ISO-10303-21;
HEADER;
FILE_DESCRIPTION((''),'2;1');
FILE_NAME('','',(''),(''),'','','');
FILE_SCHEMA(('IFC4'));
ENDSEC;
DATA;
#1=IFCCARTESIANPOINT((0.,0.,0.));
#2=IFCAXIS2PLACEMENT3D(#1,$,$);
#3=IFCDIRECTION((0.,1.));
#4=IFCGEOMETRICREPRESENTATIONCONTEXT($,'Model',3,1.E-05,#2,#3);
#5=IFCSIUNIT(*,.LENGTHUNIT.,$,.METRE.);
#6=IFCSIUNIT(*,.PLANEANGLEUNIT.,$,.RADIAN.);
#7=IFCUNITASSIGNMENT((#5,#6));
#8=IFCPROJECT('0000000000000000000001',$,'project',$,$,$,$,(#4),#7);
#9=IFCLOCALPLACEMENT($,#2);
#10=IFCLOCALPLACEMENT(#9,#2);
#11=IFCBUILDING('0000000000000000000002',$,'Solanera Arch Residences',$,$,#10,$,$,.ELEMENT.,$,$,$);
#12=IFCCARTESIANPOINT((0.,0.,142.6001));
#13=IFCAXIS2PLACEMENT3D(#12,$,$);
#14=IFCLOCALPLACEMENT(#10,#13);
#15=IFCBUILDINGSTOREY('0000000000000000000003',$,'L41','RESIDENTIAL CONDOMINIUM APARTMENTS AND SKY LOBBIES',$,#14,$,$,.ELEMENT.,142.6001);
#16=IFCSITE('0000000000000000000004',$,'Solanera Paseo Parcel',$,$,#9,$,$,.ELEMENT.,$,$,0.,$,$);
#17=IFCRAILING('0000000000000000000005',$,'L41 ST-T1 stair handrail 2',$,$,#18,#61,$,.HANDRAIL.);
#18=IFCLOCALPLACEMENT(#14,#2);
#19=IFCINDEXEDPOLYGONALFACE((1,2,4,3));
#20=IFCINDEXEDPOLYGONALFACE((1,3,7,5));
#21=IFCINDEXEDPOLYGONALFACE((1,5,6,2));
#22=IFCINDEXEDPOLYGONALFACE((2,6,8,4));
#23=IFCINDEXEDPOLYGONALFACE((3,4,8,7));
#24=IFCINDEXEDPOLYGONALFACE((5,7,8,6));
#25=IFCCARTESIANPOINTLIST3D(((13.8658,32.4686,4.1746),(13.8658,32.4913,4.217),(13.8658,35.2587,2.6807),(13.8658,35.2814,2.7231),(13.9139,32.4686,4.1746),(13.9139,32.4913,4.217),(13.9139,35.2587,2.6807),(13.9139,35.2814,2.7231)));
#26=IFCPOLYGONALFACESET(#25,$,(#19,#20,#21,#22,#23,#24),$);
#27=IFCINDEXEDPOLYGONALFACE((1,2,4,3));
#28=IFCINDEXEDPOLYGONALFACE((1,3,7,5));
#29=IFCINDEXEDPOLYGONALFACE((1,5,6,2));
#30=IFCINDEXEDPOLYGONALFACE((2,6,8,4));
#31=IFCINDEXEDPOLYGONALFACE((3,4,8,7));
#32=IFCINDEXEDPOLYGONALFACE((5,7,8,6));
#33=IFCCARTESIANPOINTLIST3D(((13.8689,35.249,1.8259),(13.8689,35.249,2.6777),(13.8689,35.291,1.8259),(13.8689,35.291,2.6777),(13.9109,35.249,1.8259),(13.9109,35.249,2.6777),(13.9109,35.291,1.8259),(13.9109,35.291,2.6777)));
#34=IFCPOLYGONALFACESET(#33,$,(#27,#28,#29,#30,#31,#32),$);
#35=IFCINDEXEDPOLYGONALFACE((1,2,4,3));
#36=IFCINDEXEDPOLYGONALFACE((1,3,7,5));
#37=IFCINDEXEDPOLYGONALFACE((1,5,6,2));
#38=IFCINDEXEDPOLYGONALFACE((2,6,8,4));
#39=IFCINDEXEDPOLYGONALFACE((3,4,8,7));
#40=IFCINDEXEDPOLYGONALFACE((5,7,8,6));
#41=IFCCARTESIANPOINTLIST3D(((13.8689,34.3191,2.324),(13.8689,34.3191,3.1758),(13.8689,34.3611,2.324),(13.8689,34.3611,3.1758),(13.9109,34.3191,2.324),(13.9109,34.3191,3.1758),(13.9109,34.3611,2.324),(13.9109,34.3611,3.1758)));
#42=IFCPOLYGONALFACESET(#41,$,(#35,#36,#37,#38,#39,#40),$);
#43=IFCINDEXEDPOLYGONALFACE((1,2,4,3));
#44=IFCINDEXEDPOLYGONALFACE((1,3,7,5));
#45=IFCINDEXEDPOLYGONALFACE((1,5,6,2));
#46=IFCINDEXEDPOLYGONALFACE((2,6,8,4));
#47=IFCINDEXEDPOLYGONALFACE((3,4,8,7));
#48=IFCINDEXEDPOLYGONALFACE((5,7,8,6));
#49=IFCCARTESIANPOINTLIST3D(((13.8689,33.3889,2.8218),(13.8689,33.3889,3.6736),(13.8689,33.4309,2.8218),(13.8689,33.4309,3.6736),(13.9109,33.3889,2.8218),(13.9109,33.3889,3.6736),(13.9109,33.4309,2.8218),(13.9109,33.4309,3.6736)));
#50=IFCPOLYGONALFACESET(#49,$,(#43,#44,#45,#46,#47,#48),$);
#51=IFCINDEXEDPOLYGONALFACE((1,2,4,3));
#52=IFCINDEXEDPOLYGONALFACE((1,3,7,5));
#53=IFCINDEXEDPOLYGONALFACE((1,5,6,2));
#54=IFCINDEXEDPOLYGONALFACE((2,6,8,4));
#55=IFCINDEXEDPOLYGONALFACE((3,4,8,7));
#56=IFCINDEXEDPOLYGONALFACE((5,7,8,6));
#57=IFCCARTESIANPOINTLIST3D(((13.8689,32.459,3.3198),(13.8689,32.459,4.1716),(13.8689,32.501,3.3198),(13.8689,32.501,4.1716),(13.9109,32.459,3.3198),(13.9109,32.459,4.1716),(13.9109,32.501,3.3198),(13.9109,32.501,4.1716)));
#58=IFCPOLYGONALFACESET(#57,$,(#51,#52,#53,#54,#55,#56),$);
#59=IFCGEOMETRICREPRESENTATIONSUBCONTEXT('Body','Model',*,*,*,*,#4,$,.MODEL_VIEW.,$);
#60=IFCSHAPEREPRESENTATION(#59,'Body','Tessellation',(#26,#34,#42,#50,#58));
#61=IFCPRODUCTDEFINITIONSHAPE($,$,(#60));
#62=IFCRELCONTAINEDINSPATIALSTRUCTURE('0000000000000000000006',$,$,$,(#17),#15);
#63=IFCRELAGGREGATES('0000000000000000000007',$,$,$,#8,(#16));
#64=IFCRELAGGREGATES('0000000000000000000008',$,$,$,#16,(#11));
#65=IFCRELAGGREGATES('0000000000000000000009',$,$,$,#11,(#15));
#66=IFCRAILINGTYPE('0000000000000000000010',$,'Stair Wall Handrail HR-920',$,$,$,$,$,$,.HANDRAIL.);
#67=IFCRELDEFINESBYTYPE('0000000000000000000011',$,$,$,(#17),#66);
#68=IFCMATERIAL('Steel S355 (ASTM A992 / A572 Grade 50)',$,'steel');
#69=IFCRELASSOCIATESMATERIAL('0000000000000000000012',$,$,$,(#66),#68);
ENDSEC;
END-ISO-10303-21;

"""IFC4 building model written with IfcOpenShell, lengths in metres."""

from ifc_helpers import new_model, si_unit, direction, frame, origin, origin_2d, place, context, subcontext, project, spatial, rectangle, extrude, material, type_object, element, save


model = new_model("IFC4")

# Units and contexts
model_context = context("Model", 3, precision=1e-05, world=origin(), true_north=direction((0.0, 1.0)))
body_context = subcontext(model_context, "Body", "Model", "MODEL_VIEW")
ifc_project = project(units=[si_unit("LENGTHUNIT", "METRE"), si_unit("PLANEANGLEUNIT", "RADIAN")], contexts=[model_context])

# Site, building, storey
site_placement = place(None, origin())
site = spatial("IfcSite", under=ifc_project, at=site_placement, Name="Solanera Paseo Parcel", CompositionType="ELEMENT", RefElevation=0.0)
building_placement = place(site_placement, origin())
building = spatial("IfcBuilding", under=site, at=building_placement, Name="Solanera Arch Residences", CompositionType="ELEMENT")
storey_placement = place(building_placement, frame((0.0, 0.0, 142.6001)))
storey = spatial("IfcBuildingStorey", under=building, at=storey_placement, Name="L41", Description="RESIDENTIAL CONDOMINIUM APARTMENTS AND SKY LOBBIES", CompositionType="ELEMENT", Elevation=142.6001)

# Railing
ifc_material_1 = material(Name="Steel S355 (ASTM A992 / A572 Grade 50)", Category="steel")
railing_type_1 = type_object("IfcRailingType", Name="Stair Wall Handrail HR-920", PredefinedType="HANDRAIL", material=ifc_material_1)
railing_1_placement = place(storey_placement, frame((13.8899, 35.27, 1.8259)))
element("IfcRailing", 1, at=railing_1_placement, inside=storey, type_object=railing_type_1, Name="L41 ST-T1 stair handrail 2", PredefinedType="HANDRAIL", context=body_context, shape_type="SweptSolid", body=[
    extrude(rectangle(XDim=0.0481, YDim=0.0481, at=origin_2d()), frame((0.0, 0.0, 0.876), z_axis=(0.0, -0.881581, 0.472033), x_axis=(1.0, 0.0, 0.0)), (0.0, 0.0, 1.0), 3.1648),
    extrude(rectangle(XDim=0.042, YDim=0.042, at=origin_2d()), origin(), (0.0, 0.0, 1.0), 0.8518),
    extrude(rectangle(XDim=0.042, YDim=0.042, at=origin_2d()), frame((0.0, -0.9299, 0.498)), (0.0, 0.0, 1.0), 0.8518),
    extrude(rectangle(XDim=0.042, YDim=0.042, at=origin_2d()), frame((0.0, -1.8601, 0.9958)), (0.0, 0.0, 1.0), 0.8518),
    extrude(rectangle(XDim=0.042, YDim=0.042, at=origin_2d()), frame((0.0, -2.79, 1.4939)), (0.0, 0.0, 1.0), 0.8518),
])

save(model, "model.ifc")
